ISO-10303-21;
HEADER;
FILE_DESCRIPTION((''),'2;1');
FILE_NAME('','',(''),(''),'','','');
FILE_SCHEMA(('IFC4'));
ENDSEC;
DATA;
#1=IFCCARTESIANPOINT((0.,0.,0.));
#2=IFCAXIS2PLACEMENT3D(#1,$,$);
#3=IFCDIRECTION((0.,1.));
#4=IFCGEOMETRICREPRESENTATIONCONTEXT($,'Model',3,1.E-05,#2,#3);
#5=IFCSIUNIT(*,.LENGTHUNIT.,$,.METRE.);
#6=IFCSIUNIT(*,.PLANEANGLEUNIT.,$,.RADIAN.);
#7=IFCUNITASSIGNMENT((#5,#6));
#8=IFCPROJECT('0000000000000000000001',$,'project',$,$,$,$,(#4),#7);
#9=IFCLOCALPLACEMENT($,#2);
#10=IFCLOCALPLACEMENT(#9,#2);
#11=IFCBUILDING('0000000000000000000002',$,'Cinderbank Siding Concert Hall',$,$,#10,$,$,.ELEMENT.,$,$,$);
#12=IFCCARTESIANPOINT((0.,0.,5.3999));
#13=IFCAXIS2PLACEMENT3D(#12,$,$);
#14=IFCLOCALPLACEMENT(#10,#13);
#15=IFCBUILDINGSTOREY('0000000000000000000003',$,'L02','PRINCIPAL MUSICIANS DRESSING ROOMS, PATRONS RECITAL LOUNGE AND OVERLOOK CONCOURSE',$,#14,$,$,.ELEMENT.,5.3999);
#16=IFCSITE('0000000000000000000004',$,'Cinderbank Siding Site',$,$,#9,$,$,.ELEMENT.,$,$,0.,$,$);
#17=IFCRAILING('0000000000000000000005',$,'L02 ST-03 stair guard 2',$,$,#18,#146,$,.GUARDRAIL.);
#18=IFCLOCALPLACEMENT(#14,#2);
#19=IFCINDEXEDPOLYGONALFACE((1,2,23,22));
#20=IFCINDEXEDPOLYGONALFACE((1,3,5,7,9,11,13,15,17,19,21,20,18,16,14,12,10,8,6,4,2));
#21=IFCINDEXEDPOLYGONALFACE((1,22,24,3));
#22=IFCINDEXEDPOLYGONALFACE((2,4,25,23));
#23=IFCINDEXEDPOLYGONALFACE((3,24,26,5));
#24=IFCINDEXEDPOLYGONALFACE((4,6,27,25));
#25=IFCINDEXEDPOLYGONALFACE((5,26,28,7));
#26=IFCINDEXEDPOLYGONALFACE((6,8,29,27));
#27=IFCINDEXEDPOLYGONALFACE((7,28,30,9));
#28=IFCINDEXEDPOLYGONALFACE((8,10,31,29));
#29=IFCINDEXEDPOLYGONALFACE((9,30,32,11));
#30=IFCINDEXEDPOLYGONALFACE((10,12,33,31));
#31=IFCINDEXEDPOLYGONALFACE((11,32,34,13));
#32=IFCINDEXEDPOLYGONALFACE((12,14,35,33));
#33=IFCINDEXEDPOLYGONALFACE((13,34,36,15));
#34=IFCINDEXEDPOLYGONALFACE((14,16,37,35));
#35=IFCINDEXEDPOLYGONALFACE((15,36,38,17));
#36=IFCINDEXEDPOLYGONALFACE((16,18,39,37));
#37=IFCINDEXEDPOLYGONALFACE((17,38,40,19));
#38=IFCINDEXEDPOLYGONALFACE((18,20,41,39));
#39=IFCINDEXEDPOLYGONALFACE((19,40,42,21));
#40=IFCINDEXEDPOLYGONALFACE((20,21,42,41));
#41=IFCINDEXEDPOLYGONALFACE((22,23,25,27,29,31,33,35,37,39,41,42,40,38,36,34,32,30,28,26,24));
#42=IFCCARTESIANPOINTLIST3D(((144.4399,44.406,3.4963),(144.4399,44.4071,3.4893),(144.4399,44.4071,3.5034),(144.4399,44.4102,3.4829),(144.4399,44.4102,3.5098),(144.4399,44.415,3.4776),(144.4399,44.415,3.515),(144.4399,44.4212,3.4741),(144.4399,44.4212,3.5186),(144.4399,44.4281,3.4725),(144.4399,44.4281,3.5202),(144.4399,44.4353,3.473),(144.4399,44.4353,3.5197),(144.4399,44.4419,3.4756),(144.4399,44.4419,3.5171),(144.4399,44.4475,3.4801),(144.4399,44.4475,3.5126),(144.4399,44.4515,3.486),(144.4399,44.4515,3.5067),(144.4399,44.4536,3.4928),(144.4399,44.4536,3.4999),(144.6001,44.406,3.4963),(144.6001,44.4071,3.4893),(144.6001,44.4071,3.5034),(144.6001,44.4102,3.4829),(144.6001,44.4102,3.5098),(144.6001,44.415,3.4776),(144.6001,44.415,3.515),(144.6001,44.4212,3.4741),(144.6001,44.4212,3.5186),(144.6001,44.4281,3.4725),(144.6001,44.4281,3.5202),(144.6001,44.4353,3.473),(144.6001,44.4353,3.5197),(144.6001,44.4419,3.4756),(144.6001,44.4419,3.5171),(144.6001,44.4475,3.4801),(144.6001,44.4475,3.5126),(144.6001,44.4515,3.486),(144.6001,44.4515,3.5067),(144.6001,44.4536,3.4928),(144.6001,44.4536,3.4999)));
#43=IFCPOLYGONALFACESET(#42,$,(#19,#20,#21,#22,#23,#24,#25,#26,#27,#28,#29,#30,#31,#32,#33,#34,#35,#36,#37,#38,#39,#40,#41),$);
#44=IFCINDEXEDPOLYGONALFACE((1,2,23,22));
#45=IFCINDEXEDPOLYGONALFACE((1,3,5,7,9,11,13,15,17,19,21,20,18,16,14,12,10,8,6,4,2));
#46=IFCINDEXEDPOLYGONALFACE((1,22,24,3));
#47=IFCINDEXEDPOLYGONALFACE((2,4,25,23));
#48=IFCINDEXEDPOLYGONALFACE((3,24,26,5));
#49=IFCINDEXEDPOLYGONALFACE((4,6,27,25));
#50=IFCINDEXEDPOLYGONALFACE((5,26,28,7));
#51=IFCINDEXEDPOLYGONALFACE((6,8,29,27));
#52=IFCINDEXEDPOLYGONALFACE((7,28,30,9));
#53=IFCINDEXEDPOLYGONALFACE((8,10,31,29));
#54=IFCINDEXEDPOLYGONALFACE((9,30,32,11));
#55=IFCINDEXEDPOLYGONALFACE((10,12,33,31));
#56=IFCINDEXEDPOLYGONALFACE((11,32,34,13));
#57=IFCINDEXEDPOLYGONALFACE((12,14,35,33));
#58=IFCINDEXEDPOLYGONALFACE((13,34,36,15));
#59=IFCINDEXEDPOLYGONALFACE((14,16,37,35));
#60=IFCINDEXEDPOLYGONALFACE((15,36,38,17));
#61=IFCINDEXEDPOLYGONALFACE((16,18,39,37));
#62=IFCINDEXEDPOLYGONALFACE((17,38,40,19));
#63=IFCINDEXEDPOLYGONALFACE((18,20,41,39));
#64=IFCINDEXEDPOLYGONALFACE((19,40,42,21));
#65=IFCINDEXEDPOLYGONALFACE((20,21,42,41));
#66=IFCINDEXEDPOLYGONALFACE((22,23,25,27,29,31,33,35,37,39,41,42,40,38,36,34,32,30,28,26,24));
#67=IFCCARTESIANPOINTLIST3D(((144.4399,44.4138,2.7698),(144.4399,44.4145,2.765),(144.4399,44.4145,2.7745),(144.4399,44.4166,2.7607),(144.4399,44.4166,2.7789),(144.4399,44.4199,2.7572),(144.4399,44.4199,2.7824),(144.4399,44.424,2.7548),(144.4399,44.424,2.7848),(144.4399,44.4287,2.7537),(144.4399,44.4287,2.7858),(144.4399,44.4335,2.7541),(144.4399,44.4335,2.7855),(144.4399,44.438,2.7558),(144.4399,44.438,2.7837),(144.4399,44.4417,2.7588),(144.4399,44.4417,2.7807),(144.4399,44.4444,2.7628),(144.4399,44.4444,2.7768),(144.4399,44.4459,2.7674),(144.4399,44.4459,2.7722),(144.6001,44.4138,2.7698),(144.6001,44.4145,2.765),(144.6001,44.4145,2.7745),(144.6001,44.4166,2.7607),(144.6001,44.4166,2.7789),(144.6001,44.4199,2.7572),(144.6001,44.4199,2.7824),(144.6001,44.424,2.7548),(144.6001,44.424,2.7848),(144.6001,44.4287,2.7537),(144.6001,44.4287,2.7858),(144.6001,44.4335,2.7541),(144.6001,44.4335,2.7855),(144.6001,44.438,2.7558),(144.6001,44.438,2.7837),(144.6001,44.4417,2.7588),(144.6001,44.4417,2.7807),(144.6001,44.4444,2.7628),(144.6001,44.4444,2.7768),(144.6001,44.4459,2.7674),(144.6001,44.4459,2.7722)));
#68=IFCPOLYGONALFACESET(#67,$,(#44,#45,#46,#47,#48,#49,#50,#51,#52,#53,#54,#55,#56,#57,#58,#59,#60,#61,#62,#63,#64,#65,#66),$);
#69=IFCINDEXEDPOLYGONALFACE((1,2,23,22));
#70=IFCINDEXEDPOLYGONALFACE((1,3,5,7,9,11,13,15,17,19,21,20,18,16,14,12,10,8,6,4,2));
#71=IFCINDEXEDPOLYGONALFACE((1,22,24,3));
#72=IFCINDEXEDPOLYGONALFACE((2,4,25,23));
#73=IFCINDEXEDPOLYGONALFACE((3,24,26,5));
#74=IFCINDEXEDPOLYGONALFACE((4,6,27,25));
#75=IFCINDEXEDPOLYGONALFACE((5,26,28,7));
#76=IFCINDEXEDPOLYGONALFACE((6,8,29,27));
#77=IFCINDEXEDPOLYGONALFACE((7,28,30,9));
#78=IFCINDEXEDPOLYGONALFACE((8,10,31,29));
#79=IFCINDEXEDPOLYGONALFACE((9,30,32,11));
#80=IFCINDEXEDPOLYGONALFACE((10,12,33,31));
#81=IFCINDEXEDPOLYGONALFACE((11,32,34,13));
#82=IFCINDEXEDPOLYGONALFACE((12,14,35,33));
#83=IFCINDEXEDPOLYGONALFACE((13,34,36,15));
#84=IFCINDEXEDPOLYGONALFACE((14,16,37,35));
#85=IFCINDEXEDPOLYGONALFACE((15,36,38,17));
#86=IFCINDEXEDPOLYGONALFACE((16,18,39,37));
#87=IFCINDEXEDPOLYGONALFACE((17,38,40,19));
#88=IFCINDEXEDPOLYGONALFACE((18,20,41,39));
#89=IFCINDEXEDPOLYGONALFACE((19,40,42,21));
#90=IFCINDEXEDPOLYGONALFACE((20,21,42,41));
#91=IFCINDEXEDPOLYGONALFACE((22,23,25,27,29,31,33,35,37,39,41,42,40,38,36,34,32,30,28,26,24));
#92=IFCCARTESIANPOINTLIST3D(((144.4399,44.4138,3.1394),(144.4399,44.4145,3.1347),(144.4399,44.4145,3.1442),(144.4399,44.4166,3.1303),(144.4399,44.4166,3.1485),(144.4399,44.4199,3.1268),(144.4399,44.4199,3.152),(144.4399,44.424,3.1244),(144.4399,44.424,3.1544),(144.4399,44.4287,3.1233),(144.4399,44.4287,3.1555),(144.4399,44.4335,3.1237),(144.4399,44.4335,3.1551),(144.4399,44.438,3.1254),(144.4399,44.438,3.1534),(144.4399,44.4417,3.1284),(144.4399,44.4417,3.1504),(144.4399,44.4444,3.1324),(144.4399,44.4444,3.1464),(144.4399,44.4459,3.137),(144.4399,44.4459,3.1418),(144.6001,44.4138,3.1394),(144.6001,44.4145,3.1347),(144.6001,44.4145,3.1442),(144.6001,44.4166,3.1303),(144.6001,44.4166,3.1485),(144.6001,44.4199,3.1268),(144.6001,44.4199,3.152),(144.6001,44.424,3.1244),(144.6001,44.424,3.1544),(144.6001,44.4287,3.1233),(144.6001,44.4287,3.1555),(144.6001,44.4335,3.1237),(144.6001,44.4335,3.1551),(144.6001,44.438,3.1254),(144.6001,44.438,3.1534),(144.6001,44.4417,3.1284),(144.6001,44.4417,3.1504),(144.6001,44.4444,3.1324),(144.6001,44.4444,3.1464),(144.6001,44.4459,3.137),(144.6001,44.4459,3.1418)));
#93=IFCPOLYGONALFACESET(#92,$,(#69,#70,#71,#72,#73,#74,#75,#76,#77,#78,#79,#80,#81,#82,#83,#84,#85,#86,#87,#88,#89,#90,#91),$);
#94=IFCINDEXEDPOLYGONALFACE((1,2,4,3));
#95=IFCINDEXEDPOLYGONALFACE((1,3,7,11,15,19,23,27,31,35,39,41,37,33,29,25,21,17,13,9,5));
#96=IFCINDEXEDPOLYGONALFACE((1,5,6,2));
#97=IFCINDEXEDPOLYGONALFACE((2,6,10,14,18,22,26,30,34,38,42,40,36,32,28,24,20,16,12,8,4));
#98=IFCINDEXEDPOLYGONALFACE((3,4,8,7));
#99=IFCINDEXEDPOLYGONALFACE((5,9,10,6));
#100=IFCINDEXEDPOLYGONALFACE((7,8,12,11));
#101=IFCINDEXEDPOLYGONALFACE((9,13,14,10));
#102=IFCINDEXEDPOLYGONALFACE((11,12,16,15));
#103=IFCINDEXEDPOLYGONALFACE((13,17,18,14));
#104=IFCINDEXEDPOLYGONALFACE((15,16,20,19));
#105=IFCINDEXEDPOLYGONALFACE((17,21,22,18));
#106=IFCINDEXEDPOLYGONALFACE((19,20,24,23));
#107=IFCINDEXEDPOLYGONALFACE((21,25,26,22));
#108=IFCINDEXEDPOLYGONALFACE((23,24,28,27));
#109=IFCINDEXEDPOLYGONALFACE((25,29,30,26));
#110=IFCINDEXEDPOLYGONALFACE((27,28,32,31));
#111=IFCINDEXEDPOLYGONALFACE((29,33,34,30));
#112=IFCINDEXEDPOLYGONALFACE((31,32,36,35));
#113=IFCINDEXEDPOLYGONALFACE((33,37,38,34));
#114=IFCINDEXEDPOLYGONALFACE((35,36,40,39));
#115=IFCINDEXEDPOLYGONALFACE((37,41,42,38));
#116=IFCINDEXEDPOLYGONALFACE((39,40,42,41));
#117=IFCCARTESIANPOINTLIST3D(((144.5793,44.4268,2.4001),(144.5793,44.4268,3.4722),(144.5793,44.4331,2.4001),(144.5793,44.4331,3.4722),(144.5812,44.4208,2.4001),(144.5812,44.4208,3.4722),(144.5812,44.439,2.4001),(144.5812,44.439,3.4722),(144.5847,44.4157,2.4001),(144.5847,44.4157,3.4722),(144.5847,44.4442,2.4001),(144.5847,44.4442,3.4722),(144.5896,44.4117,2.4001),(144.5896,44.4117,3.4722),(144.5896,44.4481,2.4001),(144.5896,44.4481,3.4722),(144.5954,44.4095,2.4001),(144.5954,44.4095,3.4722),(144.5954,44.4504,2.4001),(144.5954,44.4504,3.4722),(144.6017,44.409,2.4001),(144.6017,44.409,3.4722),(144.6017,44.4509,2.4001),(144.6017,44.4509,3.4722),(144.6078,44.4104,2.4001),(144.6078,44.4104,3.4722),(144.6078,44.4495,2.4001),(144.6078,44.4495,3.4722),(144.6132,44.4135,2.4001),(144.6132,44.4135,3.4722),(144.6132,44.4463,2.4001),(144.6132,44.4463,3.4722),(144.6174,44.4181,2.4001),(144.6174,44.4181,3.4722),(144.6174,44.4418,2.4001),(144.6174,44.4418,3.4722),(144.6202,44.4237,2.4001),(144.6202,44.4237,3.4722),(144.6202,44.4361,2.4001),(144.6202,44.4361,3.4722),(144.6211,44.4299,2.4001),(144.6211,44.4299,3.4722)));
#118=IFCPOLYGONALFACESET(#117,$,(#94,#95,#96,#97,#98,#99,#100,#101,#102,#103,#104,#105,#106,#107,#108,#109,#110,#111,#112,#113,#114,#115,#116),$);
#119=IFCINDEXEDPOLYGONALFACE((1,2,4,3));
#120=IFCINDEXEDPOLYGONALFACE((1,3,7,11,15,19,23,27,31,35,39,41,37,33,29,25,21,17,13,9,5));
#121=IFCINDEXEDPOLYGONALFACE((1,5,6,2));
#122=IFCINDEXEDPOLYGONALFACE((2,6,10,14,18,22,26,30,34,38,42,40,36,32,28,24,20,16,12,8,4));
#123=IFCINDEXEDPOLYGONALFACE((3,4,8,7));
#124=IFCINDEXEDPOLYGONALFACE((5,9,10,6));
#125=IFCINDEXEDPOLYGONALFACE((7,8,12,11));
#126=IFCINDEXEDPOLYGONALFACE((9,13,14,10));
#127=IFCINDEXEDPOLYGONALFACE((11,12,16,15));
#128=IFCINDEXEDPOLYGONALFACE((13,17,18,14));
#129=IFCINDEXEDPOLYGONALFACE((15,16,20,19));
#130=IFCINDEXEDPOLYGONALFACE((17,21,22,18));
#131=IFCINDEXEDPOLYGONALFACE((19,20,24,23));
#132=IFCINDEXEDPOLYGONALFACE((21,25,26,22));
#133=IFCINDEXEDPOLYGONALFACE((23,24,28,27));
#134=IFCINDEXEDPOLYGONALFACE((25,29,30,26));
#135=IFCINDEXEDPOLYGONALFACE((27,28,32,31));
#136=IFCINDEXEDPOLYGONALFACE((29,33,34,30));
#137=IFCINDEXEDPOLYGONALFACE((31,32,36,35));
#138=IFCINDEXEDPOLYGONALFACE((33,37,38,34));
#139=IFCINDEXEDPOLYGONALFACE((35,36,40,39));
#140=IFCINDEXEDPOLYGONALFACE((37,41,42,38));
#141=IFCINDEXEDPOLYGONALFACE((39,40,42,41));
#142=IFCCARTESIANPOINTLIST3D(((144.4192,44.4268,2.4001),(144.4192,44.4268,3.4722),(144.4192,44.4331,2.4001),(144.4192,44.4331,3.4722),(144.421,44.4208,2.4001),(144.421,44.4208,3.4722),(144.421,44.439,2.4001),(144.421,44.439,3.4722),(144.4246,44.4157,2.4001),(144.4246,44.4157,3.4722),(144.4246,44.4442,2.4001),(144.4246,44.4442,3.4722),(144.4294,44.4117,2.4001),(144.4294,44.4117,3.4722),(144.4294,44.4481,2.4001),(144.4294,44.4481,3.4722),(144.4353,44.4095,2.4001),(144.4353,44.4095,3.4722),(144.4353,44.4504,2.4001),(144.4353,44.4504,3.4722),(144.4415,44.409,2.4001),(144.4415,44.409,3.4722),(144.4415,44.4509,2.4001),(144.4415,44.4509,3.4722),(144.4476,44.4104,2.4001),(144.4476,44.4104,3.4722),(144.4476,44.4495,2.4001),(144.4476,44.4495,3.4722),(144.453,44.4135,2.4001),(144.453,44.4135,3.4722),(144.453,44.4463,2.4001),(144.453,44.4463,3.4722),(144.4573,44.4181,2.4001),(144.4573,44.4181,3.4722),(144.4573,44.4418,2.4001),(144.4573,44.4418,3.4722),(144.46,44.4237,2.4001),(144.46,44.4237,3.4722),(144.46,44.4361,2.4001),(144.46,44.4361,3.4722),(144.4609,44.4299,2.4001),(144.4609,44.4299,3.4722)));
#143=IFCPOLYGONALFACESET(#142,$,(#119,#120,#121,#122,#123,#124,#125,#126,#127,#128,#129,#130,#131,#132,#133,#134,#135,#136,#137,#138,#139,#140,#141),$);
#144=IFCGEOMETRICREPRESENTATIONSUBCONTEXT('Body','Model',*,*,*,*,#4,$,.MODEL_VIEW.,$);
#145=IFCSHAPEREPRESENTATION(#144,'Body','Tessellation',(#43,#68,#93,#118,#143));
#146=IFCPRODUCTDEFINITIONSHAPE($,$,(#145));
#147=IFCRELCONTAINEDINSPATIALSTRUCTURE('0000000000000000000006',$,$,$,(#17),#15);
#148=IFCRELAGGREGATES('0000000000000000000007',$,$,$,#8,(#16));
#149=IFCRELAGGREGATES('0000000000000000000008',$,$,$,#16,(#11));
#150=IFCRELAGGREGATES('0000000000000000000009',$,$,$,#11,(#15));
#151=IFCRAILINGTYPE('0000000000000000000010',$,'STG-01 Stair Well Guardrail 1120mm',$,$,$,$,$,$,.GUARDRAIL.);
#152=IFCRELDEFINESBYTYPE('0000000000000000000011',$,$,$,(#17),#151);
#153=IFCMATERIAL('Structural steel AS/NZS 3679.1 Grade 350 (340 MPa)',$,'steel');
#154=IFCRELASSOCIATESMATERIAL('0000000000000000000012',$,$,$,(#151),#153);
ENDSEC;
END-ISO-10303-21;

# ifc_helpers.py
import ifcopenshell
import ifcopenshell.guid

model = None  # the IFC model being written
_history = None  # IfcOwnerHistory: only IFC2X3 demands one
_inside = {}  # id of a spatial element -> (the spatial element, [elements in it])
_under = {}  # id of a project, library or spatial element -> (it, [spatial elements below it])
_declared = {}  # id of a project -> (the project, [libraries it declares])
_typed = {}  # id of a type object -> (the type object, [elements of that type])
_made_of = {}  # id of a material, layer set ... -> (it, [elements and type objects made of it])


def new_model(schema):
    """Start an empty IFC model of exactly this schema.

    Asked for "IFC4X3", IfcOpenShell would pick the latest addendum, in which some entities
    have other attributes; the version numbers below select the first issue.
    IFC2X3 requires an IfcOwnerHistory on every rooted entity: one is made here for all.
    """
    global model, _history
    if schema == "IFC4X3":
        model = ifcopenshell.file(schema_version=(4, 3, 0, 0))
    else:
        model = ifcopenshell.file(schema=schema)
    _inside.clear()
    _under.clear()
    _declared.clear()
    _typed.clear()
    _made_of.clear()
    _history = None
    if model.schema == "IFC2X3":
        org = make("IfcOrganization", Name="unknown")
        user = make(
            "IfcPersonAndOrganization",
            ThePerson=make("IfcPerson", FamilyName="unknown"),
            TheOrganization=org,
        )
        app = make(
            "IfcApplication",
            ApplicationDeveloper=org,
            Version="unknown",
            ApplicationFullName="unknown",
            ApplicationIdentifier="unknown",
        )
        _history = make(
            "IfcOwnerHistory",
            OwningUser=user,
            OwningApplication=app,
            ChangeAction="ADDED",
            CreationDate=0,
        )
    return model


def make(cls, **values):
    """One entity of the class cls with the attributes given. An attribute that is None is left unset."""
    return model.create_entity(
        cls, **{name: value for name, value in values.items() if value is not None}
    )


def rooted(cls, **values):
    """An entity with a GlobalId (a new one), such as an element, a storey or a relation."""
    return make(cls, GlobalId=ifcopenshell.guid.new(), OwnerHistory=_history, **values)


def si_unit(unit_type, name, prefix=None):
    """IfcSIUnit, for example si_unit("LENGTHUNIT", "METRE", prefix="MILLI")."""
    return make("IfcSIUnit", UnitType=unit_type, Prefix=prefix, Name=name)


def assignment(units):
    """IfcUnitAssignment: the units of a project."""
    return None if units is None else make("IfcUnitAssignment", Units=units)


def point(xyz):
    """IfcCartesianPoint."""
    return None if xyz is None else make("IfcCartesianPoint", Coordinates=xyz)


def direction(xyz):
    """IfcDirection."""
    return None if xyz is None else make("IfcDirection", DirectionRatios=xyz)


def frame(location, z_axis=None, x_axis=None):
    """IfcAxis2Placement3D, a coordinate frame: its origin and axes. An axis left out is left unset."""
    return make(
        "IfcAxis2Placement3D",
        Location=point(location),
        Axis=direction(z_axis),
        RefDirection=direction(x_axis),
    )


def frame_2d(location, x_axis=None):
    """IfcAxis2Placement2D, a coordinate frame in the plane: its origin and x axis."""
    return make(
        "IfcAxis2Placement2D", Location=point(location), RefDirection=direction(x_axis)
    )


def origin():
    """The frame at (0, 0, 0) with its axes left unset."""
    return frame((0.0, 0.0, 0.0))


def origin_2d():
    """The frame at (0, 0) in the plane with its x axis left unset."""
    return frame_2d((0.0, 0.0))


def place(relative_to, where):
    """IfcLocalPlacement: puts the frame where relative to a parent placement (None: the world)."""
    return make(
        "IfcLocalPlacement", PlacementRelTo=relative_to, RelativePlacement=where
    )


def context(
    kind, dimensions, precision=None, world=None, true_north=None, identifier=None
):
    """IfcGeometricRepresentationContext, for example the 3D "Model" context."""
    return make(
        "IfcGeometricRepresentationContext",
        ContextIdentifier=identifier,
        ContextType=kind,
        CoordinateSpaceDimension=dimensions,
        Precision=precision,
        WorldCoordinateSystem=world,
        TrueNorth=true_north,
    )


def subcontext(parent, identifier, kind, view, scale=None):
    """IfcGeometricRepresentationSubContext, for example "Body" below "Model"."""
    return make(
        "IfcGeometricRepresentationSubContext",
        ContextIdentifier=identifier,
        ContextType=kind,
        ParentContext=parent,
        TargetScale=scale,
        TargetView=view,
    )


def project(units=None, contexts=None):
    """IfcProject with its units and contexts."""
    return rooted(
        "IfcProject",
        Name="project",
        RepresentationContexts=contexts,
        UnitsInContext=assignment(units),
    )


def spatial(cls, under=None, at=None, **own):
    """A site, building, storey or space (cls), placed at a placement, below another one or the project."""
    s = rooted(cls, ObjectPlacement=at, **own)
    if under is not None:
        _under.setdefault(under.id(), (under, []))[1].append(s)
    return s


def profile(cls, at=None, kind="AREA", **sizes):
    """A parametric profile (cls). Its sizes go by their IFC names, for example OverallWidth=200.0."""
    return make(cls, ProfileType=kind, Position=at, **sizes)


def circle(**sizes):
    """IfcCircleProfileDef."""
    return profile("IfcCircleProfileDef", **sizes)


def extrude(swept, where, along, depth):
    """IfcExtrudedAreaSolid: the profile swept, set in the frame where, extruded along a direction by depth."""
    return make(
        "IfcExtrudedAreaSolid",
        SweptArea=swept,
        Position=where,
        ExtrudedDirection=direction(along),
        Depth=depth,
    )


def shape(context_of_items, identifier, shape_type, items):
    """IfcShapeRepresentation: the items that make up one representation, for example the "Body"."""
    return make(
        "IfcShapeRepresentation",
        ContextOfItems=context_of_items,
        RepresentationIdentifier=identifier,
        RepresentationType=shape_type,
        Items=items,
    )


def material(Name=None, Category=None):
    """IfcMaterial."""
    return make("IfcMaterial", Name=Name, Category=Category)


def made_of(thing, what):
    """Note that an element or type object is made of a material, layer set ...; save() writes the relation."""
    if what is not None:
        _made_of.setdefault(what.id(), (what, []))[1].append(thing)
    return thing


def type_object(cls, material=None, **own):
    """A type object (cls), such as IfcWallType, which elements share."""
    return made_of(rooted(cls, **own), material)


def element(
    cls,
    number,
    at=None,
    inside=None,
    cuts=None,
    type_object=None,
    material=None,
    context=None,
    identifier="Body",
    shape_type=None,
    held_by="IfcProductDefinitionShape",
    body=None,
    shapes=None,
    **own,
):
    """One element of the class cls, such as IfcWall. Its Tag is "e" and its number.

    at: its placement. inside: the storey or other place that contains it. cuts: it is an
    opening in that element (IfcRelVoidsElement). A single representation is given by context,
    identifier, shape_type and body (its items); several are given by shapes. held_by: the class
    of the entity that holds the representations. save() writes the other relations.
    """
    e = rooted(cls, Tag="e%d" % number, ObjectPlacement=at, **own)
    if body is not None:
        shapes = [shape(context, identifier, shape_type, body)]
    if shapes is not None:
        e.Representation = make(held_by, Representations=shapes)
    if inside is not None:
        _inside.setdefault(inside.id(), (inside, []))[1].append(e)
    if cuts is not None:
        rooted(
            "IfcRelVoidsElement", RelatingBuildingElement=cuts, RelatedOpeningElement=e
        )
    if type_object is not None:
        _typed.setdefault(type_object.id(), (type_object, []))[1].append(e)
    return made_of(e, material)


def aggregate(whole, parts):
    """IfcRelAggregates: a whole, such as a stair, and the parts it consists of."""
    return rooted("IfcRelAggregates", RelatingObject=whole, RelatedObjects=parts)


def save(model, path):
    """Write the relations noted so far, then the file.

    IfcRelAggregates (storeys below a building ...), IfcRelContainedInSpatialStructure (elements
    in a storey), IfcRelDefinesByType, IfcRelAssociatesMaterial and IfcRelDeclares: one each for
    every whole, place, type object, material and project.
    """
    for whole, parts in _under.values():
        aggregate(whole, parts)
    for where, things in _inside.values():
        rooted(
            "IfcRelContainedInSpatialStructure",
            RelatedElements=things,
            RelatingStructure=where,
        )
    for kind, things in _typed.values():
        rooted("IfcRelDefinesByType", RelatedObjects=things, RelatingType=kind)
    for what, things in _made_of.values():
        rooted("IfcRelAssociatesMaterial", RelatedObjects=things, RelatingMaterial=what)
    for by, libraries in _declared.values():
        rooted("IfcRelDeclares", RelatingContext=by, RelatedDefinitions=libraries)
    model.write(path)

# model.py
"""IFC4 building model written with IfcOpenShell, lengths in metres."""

from ifc_helpers import new_model, si_unit, direction, frame, origin, origin_2d, place, context, subcontext, project, spatial, circle, extrude, material, type_object, element, save


model = new_model("IFC4")

# Units and contexts
model_context = context("Model", 3, precision=1e-05, world=origin(), true_north=direction((0.0, 1.0)))
body_context = subcontext(model_context, "Body", "Model", "MODEL_VIEW")
ifc_project = project(units=[si_unit("LENGTHUNIT", "METRE"), si_unit("PLANEANGLEUNIT", "RADIAN")], contexts=[model_context])

# Site, building, storey
site_placement = place(None, origin())
site = spatial("IfcSite", under=ifc_project, at=site_placement, Name="Cinderbank Siding Site", CompositionType="ELEMENT", RefElevation=0.0)
building_placement = place(site_placement, origin())
building = spatial("IfcBuilding", under=site, at=building_placement, Name="Cinderbank Siding Concert Hall", CompositionType="ELEMENT")
storey_placement = place(building_placement, frame((0.0, 0.0, 5.3999)))
storey = spatial("IfcBuildingStorey", under=building, at=storey_placement, Name="L02", Description="PRINCIPAL MUSICIANS DRESSING ROOMS, PATRONS RECITAL LOUNGE AND OVERLOOK CONCOURSE", CompositionType="ELEMENT", Elevation=5.3999)

# Shared definitions
ifc_material_1 = material(Name="Structural steel AS/NZS 3679.1 Grade 350 (340 MPa)", Category="steel")

# Railing
railing_type_1 = type_object("IfcRailingType", Name="STG-01 Stair Well Guardrail 1120mm", PredefinedType="GUARDRAIL", material=ifc_material_1)
railing_1_placement = place(storey_placement, frame((144.6001, 44.4299, 2.4001)))
element("IfcRailing", 1, at=railing_1_placement, inside=storey, type_object=railing_type_1, Name="L02 ST-03 stair guard 2", PredefinedType="GUARDRAIL", context=body_context, shape_type="SweptSolid", body=[
    extrude(circle(Radius=0.0239, at=origin_2d()), frame((0.0, 0.0, 1.0962), z_axis=(-1.0, 0.0, 0.0), x_axis=(0.0, -1.0, 0.0)), (0.0, 0.0, 1.0), 0.1602),
    extrude(circle(Radius=0.0161, at=origin_2d()), frame((0.0, 0.0, 0.3696), z_axis=(-1.0, 0.0, 0.0), x_axis=(0.0, -1.0, 0.0)), (0.0, 0.0, 1.0), 0.1602),
    extrude(circle(Radius=0.0161, at=origin_2d()), frame((0.0, 0.0, 0.7393), z_axis=(-1.0, 0.0, 0.0), x_axis=(0.0, -1.0, 0.0)), (0.0, 0.0, 1.0), 0.1602),
    extrude(circle(Radius=0.021, at=origin_2d()), origin(), (0.0, 0.0, 1.0), 1.072),
    extrude(circle(Radius=0.021, at=origin_2d()), frame((-0.1602, 0.0, 0.0)), (0.0, 0.0, 1.0), 1.072),
])

save(model, "model.ifc")
